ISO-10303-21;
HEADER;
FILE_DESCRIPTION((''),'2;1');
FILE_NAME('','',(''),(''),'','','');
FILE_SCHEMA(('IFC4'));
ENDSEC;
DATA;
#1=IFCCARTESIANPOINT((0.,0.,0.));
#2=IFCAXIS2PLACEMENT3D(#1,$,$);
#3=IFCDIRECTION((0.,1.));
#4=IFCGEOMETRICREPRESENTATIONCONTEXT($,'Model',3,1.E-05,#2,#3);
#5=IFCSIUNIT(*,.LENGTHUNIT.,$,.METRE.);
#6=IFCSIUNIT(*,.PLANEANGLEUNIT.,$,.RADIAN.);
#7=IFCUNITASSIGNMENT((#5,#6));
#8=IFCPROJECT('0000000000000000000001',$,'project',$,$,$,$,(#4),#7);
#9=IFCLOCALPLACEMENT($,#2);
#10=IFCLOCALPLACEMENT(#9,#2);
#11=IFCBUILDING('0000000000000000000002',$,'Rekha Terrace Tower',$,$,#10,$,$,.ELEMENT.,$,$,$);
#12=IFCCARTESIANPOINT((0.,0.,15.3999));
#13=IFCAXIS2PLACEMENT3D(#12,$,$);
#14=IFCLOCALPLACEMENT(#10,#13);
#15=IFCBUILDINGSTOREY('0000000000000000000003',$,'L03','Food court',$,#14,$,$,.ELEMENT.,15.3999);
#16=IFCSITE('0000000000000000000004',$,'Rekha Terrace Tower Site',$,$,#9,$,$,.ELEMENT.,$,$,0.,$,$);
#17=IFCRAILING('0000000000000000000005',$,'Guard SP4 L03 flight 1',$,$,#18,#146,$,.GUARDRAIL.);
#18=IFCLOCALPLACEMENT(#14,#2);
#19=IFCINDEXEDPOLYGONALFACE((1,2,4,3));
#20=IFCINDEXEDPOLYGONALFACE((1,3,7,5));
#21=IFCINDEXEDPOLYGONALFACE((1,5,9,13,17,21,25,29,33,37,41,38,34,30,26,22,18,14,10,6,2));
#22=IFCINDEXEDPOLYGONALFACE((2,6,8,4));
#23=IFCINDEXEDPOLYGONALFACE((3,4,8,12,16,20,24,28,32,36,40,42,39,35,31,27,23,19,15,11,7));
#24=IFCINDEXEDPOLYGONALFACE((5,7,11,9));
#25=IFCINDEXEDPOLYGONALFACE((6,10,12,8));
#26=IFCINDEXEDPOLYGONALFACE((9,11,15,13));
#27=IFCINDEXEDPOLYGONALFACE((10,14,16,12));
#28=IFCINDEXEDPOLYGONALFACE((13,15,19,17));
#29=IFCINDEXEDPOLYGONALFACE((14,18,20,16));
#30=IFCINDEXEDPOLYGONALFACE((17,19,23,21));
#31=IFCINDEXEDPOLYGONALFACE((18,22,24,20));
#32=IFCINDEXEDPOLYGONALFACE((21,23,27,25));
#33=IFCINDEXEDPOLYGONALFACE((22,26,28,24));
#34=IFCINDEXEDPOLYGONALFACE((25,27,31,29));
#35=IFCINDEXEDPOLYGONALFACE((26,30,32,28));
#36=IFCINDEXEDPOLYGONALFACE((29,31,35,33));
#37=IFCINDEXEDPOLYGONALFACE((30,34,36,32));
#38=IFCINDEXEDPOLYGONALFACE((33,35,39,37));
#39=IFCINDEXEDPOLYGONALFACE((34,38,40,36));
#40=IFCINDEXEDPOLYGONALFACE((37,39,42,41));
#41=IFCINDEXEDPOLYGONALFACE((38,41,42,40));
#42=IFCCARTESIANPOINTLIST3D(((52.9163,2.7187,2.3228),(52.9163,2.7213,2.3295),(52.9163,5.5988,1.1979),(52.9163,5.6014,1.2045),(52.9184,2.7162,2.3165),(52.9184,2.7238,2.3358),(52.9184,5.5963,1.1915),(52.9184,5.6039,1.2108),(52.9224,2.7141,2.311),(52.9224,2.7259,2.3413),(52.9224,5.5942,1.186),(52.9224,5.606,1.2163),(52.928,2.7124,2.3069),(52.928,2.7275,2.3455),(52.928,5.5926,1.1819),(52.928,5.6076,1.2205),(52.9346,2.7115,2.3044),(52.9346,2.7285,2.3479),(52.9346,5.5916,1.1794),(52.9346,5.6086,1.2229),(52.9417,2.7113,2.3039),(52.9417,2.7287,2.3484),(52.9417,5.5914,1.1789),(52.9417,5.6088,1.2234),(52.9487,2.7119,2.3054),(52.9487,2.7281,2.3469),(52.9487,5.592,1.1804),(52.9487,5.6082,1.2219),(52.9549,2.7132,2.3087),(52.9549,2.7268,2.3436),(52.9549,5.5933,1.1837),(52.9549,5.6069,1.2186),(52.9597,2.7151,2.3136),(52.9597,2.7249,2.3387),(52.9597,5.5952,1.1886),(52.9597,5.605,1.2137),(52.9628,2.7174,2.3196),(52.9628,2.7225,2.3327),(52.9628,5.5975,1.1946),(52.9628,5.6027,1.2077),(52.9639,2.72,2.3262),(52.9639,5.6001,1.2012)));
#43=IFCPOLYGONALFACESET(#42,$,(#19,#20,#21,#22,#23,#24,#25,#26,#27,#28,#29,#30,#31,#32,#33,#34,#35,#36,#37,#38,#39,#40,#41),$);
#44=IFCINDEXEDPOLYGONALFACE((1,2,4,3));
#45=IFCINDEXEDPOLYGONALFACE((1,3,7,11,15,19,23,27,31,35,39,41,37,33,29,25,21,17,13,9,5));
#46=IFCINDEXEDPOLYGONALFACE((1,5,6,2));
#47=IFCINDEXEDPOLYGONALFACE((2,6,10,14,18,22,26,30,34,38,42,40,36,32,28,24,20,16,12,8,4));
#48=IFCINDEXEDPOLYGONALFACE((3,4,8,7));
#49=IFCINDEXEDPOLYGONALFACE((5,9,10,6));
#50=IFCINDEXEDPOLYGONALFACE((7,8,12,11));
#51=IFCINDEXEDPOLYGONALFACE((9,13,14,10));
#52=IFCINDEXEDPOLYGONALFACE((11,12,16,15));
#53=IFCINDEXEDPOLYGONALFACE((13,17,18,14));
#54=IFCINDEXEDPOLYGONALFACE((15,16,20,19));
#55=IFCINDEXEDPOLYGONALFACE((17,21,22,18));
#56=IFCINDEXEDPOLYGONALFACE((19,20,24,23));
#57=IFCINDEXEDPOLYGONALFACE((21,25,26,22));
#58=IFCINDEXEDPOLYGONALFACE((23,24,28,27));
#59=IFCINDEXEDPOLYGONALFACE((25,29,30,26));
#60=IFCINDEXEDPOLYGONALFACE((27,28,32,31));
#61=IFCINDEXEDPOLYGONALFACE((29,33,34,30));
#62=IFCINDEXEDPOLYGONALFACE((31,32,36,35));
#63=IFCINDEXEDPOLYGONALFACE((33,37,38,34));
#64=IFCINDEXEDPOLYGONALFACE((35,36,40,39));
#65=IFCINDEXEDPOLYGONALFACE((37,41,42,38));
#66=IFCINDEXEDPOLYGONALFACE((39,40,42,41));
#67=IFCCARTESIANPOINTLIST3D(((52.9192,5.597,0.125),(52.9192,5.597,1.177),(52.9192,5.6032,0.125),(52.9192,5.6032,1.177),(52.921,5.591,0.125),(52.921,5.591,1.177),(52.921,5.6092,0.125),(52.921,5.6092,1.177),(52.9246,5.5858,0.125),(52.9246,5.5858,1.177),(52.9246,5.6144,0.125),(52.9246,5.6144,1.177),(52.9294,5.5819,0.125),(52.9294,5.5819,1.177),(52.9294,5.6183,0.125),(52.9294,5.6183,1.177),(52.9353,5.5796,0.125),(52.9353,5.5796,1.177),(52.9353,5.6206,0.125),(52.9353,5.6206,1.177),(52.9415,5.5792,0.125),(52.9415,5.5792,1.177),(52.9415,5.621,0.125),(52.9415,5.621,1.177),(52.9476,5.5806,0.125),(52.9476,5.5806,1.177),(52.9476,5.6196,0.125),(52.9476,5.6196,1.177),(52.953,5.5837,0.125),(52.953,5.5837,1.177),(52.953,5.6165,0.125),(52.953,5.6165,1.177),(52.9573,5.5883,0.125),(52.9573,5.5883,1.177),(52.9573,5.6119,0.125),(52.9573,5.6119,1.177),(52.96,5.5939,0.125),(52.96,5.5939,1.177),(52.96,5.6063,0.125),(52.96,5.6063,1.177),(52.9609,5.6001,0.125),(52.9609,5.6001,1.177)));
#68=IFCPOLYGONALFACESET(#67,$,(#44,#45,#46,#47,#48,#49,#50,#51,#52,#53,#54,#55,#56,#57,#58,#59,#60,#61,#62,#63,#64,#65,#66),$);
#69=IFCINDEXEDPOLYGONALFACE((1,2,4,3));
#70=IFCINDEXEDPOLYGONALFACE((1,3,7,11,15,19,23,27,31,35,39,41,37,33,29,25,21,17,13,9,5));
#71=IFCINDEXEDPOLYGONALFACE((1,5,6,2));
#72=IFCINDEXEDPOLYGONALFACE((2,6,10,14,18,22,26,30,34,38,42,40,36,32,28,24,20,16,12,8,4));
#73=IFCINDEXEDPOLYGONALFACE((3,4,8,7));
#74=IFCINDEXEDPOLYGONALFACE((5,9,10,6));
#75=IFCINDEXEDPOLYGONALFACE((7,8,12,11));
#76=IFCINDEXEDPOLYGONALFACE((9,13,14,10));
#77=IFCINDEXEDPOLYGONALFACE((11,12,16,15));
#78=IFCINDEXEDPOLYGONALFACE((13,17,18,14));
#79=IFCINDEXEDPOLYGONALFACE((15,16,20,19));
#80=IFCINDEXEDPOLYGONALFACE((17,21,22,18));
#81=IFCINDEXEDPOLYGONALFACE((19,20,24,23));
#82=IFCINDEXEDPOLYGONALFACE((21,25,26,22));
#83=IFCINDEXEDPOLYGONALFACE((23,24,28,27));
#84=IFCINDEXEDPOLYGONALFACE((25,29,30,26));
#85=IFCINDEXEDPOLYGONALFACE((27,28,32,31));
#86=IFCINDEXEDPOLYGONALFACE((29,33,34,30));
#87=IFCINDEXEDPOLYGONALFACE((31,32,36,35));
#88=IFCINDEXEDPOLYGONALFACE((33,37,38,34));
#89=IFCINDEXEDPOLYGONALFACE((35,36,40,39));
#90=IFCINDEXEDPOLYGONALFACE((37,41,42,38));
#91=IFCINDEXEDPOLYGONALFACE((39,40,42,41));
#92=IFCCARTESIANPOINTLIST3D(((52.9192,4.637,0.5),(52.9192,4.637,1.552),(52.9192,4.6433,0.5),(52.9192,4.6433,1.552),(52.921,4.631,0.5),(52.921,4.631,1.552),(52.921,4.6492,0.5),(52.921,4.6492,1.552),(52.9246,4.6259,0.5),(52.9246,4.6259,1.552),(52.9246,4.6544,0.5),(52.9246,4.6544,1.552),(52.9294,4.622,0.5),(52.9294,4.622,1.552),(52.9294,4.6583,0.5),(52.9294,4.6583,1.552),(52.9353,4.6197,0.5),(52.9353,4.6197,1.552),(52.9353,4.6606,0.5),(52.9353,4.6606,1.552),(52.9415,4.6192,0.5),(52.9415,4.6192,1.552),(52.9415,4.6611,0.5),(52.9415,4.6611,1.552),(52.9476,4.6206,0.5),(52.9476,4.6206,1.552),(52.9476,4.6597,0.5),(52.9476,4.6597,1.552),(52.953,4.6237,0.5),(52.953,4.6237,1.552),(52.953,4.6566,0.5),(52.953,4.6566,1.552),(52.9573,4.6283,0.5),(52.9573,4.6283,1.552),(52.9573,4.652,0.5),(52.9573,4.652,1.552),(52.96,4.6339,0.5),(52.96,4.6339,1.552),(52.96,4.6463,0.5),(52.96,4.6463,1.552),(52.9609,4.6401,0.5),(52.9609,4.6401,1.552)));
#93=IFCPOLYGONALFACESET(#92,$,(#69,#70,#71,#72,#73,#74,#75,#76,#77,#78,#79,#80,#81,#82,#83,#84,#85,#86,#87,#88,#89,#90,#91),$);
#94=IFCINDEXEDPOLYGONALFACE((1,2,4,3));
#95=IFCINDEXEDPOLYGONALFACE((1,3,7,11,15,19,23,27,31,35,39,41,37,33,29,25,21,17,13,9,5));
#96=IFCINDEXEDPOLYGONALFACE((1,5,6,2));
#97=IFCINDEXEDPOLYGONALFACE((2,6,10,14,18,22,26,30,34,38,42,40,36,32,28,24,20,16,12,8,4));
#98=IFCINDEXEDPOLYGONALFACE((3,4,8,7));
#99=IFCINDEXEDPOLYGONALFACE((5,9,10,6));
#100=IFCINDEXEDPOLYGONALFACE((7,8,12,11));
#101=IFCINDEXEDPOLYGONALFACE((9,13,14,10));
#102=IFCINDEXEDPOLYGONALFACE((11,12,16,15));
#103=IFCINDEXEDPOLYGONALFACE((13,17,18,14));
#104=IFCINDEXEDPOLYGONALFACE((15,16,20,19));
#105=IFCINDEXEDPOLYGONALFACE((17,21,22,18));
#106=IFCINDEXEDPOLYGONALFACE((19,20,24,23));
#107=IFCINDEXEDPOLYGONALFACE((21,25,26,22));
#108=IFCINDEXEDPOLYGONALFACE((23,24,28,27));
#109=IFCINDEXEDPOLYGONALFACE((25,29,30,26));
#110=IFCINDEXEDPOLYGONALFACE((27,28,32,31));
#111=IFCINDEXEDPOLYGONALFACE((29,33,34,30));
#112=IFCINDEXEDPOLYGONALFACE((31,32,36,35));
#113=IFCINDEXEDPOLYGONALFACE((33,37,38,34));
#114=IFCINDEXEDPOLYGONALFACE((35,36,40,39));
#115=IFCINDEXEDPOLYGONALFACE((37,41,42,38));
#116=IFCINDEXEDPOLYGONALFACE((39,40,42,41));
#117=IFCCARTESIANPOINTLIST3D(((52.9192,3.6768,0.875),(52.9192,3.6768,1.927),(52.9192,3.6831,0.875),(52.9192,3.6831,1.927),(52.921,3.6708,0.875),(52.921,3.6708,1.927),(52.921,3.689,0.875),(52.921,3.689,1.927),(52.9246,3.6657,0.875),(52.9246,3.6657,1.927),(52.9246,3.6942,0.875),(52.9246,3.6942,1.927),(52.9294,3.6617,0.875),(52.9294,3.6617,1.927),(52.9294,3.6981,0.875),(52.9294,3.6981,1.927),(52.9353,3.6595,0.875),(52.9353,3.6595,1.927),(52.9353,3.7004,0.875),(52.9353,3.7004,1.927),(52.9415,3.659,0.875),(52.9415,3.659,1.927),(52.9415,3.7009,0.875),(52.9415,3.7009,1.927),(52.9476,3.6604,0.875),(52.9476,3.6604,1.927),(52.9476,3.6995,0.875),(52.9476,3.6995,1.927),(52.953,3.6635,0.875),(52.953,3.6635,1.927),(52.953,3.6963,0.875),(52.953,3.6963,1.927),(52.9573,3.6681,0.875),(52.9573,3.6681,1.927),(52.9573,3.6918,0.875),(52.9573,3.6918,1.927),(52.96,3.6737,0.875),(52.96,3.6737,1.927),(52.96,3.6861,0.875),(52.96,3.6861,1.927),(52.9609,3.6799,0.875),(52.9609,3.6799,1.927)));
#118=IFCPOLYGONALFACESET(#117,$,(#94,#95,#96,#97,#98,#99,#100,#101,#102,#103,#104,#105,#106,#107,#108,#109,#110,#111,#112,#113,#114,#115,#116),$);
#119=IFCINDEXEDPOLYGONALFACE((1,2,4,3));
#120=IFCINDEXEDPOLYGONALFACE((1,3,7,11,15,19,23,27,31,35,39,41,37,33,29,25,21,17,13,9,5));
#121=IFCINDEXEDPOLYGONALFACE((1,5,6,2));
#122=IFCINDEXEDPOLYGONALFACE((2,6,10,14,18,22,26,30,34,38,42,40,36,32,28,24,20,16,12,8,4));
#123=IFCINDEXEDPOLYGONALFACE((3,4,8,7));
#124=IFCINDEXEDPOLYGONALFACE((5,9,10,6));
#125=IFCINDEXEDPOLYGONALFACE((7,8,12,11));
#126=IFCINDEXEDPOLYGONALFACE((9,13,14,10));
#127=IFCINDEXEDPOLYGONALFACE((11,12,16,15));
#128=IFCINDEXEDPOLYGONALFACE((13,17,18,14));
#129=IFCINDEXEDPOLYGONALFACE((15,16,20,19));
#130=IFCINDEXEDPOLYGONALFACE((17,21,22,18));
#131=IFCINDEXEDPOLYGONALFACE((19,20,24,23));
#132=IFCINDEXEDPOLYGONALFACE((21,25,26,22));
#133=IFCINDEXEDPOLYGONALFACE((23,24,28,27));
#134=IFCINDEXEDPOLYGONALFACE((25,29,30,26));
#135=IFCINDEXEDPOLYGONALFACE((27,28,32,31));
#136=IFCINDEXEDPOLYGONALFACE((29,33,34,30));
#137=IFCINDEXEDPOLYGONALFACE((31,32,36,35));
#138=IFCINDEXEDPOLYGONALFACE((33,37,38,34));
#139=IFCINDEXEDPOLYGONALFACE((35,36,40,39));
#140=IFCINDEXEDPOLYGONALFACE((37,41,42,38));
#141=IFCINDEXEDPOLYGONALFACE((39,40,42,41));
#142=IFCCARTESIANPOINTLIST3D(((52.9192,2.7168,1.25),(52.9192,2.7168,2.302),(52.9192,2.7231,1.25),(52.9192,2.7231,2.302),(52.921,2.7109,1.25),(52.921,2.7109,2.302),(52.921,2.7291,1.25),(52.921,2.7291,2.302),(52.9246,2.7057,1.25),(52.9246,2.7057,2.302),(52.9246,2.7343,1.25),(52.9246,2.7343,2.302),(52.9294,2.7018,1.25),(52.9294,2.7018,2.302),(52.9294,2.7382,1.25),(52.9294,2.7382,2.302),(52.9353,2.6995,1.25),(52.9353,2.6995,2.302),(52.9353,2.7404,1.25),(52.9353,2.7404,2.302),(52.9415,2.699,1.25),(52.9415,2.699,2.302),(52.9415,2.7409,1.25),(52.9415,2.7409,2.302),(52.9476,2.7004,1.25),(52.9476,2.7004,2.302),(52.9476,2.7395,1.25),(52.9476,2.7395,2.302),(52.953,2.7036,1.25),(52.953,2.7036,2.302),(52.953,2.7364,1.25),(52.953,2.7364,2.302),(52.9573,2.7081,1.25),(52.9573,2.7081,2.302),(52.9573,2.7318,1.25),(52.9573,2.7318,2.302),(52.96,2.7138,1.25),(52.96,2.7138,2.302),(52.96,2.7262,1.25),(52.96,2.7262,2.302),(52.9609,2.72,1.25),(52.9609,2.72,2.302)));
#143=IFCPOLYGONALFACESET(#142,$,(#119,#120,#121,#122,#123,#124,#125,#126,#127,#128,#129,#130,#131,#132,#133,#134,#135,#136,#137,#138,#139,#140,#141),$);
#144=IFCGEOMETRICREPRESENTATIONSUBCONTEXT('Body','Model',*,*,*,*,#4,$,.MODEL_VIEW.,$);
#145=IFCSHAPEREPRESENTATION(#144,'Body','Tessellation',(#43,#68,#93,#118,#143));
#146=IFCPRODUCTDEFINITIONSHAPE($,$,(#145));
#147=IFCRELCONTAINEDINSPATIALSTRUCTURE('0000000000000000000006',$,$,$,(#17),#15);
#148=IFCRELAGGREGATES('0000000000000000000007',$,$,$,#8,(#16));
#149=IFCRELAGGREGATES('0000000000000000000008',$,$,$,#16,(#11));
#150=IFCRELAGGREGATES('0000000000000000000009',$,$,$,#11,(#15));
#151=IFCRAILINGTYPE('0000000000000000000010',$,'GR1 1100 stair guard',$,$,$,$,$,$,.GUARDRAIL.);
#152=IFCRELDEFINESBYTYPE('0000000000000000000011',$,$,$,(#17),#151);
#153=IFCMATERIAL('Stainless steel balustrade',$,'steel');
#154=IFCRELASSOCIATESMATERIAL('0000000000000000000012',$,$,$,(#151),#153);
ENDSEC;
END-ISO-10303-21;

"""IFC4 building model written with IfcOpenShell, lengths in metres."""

from ifc_helpers import new_model, si_unit, direction, frame, origin, origin_2d, place, context, subcontext, project, spatial, circle, extrude, material, type_object, element, save


model = new_model("IFC4")

# Units and contexts
model_context = context("Model", 3, precision=1e-05, world=origin(), true_north=direction((0.0, 1.0)))
body_context = subcontext(model_context, "Body", "Model", "MODEL_VIEW")
ifc_project = project(units=[si_unit("LENGTHUNIT", "METRE"), si_unit("PLANEANGLEUNIT", "RADIAN")], contexts=[model_context])

# Site, building, storey
site_placement = place(None, origin())
site = spatial("IfcSite", under=ifc_project, at=site_placement, Name="Rekha Terrace Tower Site", CompositionType="ELEMENT", RefElevation=0.0)
building_placement = place(site_placement, origin())
building = spatial("IfcBuilding", under=site, at=building_placement, Name="Rekha Terrace Tower", CompositionType="ELEMENT")
storey_placement = place(building_placement, frame((0.0, 0.0, 15.3999)))
storey = spatial("IfcBuildingStorey", under=building, at=storey_placement, Name="L03", Description="Food court", CompositionType="ELEMENT", Elevation=15.3999)

# Railing
ifc_material_1 = material(Name="Stainless steel balustrade", Category="steel")
railing_type_1 = type_object("IfcRailingType", Name="GR1 1100 stair guard", PredefinedType="GUARDRAIL", material=ifc_material_1)
railing_1_placement = place(storey_placement, frame((52.9399, 5.6001, 0.125)))
element("IfcRailing", 1, at=railing_1_placement, inside=storey, type_object=railing_type_1, Name="Guard SP4 L03 flight 1", PredefinedType="GUARDRAIL", context=body_context, shape_type="SweptSolid", body=[
    extrude(circle(Radius=0.0239, at=origin_2d()), frame((0.0, 0.0, 1.0762), z_axis=(0.0, -0.931463, 0.363837), x_axis=(1.0, 0.0, 0.0)), (0.0, 0.0, 1.0), 3.092),
    extrude(circle(Radius=0.021, at=origin_2d()), origin(), (0.0, 0.0, 1.0), 1.052),
    extrude(circle(Radius=0.021, at=origin_2d()), frame((0.0, -0.96, 0.375)), (0.0, 0.0, 1.0), 1.052),
    extrude(circle(Radius=0.021, at=origin_2d()), frame((0.0, -1.9202, 0.75)), (0.0, 0.0, 1.0), 1.052),
    extrude(circle(Radius=0.021, at=origin_2d()), frame((0.0, -2.8801, 1.125)), (0.0, 0.0, 1.0), 1.052),
])

save(model, "model.ifc")
